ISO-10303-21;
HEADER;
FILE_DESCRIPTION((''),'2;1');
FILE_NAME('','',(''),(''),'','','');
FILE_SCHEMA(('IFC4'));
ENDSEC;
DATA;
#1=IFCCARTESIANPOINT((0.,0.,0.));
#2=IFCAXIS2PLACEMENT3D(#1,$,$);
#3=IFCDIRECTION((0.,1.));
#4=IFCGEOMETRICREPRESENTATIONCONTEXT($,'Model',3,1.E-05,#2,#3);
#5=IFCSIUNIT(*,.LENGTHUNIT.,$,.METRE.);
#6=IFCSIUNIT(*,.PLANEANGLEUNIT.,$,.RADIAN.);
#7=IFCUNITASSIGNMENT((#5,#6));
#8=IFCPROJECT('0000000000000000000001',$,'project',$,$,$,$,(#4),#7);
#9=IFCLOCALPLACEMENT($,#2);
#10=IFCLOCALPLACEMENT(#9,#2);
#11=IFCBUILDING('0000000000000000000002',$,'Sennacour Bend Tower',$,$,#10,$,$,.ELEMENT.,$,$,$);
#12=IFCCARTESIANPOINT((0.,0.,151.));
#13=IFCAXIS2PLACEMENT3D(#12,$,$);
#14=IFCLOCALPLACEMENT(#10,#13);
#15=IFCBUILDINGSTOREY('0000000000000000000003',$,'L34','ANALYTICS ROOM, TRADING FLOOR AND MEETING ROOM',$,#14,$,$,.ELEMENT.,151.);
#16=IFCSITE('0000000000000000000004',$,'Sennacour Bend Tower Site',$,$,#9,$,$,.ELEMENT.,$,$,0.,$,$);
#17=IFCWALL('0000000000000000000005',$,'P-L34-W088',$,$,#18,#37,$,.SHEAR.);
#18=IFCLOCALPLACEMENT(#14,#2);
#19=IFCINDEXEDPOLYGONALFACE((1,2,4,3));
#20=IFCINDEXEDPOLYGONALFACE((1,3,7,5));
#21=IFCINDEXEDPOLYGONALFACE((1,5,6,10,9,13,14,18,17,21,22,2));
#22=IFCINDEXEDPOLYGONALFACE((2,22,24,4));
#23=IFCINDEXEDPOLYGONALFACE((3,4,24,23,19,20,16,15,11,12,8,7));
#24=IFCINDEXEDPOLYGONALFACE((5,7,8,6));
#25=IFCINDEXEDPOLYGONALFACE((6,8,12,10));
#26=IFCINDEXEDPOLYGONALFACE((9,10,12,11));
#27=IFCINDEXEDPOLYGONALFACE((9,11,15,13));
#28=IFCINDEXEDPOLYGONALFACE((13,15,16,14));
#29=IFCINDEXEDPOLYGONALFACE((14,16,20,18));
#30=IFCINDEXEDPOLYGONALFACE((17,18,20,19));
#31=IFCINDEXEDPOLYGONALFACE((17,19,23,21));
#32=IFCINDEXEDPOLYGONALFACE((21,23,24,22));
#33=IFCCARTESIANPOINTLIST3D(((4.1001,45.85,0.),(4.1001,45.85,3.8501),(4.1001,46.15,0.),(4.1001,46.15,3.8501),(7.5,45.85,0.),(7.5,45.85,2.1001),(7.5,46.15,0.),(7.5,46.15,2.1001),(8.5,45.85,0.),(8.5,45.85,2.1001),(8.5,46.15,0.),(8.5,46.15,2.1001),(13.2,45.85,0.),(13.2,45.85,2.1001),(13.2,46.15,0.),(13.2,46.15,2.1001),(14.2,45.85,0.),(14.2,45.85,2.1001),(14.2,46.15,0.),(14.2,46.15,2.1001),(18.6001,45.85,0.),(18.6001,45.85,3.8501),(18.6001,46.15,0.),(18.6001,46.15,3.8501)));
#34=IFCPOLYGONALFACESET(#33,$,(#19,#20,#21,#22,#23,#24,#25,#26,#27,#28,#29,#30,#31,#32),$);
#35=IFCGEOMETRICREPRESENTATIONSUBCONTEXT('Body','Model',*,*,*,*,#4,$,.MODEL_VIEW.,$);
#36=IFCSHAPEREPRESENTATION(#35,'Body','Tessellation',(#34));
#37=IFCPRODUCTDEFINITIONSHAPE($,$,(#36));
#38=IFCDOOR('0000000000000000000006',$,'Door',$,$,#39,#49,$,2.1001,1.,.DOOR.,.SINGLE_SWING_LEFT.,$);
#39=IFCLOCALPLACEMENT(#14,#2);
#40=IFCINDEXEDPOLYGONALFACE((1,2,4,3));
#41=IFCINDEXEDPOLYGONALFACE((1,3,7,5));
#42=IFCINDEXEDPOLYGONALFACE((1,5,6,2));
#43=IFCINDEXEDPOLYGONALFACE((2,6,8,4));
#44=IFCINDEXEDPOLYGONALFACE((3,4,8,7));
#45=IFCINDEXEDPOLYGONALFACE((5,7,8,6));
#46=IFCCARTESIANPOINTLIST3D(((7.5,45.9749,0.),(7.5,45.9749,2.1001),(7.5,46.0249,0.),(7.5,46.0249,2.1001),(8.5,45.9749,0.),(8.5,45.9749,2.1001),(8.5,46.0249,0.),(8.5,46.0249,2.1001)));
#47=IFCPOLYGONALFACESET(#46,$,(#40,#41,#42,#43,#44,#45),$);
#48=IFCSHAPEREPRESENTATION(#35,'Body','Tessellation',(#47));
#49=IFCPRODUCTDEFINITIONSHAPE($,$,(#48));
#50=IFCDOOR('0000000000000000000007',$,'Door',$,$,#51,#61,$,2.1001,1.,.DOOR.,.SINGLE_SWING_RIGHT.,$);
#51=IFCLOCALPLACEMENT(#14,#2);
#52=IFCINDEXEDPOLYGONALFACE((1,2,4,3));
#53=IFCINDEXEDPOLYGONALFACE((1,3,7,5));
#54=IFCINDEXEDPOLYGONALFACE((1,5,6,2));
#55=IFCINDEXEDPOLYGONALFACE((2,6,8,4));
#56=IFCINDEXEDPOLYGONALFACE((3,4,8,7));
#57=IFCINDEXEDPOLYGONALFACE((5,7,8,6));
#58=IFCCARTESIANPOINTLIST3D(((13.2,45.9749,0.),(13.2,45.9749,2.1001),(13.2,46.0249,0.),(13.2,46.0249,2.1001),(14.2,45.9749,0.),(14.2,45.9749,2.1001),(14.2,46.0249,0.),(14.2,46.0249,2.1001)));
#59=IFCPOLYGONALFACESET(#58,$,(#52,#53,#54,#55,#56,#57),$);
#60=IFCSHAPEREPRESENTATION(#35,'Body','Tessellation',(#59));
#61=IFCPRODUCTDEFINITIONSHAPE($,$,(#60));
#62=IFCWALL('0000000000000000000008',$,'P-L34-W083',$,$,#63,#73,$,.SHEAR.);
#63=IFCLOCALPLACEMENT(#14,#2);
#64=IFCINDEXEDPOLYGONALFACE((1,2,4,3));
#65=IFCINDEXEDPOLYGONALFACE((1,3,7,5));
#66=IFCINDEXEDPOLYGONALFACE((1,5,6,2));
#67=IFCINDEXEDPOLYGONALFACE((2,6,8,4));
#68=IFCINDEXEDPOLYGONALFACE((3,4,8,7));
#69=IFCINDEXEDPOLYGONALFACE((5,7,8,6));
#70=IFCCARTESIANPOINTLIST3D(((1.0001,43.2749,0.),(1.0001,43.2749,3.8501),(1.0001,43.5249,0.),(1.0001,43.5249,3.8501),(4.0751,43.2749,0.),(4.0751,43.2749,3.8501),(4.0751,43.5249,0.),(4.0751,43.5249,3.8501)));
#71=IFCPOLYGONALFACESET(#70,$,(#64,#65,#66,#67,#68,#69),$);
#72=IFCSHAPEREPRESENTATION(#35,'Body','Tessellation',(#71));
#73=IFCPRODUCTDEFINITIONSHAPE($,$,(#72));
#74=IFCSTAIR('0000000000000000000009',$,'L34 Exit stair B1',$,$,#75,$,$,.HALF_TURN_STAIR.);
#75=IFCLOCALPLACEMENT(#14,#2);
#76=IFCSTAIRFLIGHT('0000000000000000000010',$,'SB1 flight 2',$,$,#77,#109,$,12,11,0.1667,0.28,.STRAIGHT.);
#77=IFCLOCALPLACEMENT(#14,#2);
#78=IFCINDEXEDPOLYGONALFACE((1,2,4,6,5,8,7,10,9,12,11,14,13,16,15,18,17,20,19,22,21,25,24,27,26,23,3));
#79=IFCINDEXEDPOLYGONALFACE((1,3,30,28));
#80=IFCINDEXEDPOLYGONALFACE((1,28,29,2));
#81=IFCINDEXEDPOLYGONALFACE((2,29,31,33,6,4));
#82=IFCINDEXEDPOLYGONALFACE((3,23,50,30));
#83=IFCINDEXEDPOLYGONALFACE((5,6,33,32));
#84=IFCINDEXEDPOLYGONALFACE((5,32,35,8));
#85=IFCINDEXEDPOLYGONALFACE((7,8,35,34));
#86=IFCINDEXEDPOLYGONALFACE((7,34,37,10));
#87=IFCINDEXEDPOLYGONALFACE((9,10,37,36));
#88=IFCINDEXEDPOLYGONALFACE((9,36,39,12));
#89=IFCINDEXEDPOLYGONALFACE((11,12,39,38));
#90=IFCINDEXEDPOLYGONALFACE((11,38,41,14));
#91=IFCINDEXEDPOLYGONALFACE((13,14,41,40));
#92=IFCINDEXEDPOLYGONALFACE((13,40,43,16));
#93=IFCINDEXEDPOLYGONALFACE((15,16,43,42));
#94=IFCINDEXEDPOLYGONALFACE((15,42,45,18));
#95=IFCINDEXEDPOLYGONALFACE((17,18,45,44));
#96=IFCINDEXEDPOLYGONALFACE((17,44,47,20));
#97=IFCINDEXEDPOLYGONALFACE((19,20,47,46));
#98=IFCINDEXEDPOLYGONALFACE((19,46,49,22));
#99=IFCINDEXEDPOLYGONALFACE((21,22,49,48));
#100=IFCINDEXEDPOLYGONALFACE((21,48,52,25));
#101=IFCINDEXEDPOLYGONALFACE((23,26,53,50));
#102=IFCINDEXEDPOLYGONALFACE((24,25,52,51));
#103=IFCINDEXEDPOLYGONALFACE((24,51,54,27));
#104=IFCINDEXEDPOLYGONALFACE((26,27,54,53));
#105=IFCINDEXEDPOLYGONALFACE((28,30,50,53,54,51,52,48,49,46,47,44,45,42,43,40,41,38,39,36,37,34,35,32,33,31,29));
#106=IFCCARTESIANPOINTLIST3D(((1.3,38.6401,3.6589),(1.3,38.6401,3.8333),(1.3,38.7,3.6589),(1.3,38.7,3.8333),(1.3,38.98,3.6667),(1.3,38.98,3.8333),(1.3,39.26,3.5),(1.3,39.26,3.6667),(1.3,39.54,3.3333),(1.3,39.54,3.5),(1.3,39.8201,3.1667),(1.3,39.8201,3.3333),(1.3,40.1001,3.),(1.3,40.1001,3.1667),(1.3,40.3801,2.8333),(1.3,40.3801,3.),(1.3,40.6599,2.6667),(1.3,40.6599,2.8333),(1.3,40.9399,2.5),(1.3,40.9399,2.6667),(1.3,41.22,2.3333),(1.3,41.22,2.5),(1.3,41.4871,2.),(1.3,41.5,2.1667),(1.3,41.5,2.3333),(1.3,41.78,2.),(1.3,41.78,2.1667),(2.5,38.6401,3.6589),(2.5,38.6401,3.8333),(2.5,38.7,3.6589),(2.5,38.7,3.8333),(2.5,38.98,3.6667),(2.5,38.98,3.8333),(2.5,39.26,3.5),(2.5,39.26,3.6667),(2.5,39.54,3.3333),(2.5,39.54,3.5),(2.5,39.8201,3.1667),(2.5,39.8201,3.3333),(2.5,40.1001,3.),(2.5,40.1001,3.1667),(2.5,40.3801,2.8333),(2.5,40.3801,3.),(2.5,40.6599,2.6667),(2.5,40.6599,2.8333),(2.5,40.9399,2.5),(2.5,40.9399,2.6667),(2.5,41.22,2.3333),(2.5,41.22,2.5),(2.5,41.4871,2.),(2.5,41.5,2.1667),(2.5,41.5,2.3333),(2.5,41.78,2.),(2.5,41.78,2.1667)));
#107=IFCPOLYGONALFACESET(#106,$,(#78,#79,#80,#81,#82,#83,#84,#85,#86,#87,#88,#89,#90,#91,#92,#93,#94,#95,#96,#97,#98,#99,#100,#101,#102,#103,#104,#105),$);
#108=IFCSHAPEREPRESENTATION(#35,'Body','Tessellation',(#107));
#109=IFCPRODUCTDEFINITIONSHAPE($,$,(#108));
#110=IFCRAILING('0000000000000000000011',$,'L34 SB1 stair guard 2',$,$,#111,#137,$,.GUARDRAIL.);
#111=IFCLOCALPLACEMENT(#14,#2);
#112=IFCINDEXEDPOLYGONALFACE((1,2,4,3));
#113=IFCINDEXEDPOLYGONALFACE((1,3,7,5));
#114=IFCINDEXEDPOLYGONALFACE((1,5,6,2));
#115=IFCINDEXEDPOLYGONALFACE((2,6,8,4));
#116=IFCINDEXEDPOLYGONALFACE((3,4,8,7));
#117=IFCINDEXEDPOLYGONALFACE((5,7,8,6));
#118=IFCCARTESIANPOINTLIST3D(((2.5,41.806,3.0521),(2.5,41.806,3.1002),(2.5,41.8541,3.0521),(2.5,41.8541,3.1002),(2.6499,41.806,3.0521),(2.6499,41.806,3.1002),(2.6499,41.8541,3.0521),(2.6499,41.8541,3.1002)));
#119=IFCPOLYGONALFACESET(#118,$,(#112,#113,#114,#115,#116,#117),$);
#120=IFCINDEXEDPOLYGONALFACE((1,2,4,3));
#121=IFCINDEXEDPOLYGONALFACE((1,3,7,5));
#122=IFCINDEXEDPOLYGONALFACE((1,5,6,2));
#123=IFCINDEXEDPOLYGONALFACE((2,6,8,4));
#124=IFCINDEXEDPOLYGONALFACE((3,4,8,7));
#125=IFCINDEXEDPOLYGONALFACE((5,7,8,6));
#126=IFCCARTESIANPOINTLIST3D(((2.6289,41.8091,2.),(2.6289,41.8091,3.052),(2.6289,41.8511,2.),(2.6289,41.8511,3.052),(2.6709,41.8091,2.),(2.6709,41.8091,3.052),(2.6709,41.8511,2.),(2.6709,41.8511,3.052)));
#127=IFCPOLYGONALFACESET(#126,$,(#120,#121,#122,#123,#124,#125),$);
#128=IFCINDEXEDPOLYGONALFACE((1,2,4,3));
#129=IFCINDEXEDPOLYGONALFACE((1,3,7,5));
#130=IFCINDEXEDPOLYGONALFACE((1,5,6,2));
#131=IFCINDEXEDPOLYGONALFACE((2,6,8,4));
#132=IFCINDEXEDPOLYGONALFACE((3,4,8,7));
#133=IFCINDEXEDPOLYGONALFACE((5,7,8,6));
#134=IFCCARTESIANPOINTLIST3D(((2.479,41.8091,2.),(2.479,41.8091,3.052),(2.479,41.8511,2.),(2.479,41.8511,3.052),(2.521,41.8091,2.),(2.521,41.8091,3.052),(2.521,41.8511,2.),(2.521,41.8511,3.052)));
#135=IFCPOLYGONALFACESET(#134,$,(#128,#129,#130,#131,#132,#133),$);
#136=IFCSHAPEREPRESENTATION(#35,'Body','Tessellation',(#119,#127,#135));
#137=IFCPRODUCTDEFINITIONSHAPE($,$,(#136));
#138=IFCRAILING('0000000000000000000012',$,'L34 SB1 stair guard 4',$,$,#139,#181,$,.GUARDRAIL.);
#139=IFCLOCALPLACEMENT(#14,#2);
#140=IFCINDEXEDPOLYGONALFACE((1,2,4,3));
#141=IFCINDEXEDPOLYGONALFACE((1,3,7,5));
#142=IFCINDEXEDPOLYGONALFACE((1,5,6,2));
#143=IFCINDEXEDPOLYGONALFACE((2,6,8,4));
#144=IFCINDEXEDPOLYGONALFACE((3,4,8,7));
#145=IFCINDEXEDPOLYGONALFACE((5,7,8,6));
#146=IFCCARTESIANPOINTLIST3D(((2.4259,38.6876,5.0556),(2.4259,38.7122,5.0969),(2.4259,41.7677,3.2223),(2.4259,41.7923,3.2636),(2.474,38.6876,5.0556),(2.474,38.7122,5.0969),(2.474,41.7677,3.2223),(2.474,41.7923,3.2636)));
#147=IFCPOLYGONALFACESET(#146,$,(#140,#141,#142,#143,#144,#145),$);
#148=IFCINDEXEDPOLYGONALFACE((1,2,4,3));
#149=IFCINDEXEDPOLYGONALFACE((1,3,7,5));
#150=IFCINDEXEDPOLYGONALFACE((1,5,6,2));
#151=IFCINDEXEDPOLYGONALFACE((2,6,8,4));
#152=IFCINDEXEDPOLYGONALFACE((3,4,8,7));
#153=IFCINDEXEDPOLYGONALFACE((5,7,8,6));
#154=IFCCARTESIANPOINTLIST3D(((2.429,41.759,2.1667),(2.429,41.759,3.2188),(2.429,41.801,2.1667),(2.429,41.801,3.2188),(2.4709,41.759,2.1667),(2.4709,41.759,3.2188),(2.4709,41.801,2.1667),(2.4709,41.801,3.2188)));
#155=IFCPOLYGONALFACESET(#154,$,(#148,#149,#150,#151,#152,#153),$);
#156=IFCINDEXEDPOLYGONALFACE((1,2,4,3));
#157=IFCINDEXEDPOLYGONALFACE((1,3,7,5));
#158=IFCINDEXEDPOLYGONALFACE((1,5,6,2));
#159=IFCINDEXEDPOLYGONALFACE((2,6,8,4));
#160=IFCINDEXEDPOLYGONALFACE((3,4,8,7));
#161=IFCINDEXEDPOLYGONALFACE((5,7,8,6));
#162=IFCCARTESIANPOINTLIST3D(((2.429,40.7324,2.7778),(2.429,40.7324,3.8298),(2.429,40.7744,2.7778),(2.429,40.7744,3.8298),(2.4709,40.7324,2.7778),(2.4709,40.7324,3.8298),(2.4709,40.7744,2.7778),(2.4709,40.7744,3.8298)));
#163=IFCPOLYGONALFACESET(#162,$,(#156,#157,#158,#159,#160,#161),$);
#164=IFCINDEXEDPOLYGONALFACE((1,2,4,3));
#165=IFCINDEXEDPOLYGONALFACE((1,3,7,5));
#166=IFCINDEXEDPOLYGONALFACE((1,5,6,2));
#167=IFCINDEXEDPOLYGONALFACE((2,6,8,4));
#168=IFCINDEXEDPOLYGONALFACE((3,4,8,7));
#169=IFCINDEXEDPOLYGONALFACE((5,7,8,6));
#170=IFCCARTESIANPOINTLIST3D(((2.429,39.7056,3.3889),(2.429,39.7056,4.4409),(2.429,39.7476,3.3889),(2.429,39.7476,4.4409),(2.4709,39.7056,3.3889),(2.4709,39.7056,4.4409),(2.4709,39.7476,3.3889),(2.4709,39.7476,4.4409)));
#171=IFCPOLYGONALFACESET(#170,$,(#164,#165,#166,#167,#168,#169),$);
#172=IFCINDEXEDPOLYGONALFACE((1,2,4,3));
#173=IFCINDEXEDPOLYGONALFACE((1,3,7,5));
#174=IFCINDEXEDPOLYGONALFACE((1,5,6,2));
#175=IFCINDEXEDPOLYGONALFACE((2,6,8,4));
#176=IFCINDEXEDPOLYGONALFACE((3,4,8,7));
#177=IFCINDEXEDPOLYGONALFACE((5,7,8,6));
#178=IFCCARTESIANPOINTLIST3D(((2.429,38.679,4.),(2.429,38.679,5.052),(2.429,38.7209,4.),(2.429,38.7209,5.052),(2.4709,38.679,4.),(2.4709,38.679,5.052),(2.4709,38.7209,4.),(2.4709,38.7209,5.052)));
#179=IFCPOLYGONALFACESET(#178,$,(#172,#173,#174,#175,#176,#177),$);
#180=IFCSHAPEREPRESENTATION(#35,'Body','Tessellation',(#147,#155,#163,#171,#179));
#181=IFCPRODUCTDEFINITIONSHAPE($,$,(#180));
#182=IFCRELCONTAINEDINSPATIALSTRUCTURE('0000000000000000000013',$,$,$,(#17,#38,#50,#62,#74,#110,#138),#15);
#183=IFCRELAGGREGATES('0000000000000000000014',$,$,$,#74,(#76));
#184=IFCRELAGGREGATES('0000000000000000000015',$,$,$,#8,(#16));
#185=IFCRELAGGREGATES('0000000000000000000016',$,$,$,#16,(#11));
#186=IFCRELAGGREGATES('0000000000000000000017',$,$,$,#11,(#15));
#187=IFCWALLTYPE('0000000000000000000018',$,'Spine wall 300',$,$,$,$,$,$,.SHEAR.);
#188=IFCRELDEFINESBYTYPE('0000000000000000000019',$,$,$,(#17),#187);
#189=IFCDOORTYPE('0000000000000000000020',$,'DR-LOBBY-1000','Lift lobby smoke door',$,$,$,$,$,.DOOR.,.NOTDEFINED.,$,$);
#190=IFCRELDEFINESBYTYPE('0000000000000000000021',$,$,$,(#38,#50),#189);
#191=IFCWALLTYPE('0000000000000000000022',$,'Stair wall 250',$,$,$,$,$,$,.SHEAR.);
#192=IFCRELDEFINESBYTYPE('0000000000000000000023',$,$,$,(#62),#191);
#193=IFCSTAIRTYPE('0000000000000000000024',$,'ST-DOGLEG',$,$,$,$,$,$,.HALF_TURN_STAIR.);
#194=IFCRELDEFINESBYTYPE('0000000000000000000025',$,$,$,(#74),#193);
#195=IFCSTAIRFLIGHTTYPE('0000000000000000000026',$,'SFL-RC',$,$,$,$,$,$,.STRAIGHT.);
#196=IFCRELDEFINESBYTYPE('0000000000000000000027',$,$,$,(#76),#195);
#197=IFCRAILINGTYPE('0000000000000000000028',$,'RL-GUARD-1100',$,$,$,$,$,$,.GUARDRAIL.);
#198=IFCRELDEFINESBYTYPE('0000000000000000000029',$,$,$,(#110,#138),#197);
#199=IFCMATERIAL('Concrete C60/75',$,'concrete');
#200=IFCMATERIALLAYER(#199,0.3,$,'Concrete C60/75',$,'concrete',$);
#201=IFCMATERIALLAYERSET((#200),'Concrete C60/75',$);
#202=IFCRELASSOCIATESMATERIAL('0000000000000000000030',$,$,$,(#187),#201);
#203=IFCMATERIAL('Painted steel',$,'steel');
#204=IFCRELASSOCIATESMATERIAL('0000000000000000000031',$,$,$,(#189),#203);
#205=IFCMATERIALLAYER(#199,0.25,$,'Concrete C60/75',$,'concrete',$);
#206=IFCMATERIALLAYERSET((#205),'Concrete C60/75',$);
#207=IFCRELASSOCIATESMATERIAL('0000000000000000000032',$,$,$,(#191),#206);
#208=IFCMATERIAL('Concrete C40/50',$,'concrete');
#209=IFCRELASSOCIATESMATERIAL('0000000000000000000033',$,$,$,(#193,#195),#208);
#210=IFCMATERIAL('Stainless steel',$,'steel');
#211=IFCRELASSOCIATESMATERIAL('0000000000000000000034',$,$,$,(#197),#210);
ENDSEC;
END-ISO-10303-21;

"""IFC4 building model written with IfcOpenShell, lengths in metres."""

from ifc_helpers import new_model, si_unit, direction, frame, frame_2d, origin, origin_2d, place, context, subcontext, project, spatial, polyline, rectangle, outline, extrude, material, layer, layer_set, type_object, element, fill, aggregate, save


model = new_model("IFC4")

# Units and contexts
model_context = context("Model", 3, precision=1e-05, world=origin(), true_north=direction((0.0, 1.0)))
body_context = subcontext(model_context, "Body", "Model", "MODEL_VIEW")
ifc_project = project(units=[si_unit("LENGTHUNIT", "METRE"), si_unit("PLANEANGLEUNIT", "RADIAN")], contexts=[model_context])

# Site, building, storey
site_placement = place(None, origin())
site = spatial("IfcSite", under=ifc_project, at=site_placement, Name="Sennacour Bend Tower Site", CompositionType="ELEMENT", RefElevation=0.0)
building_placement = place(site_placement, origin())
building = spatial("IfcBuilding", under=site, at=building_placement, Name="Sennacour Bend Tower", CompositionType="ELEMENT")
storey_placement = place(building_placement, frame((0.0, 0.0, 151.0)))
storey = spatial("IfcBuildingStorey", under=building, at=storey_placement, Name="L34", Description="ANALYTICS ROOM, TRADING FLOOR AND MEETING ROOM", CompositionType="ELEMENT", Elevation=151.0)

# Shared definitions
ifc_material_1 = material(Name="Concrete C60/75", Category="concrete")

# Shared definitions
ifc_material_2 = material(Name="Painted steel", Category="steel")

# Wall, openings, doors
ifc_layer_1 = layer(ifc_material_1, 0.3, Name="Concrete C60/75", Category="concrete")
ifc_layer_set_1 = layer_set([ifc_layer_1], Name="Concrete C60/75")
wall_type_1 = type_object("IfcWallType", Name="Spine wall 300", PredefinedType="SHEAR", material=ifc_layer_set_1)
wall_1_placement = place(storey_placement, frame((4.1001, 46.0, 0.0), z_axis=(0.0, 0.0, 1.0), x_axis=(1.0, 0.0, 0.0)))
wall_1 = element("IfcWall", 1, at=wall_1_placement, inside=storey, type_object=wall_type_1, Name="P-L34-W088", PredefinedType="SHEAR", context=body_context, shape_type="SweptSolid", body=[
    extrude(rectangle(XDim=14.5, YDim=0.3, at=frame_2d((7.25, 0.0))), origin(), (0.0, 0.0, 1.0), 3.8501),
])
opening_1_placement = place(wall_1_placement, frame((3.3999, 0.0, 0.0)))
opening_1 = element("IfcOpeningElement", 2, at=opening_1_placement, cuts=wall_1, PredefinedType="OPENING", context=body_context, shape_type="SweptSolid", body=[
    extrude(rectangle(XDim=1.0, YDim=2.1001, at=frame_2d((0.5, 1.05))), frame((0.0, 0.1602, 0.0), z_axis=(0.0, -1.0, 0.0), x_axis=(1.0, 0.0, 0.0)), (0.0, 0.0, 1.0), 0.3201),
])
opening_2_placement = place(wall_1_placement, frame((9.0999, 0.0, 0.0)))
opening_2 = element("IfcOpeningElement", 3, at=opening_2_placement, cuts=wall_1, PredefinedType="OPENING", context=body_context, shape_type="SweptSolid", body=[
    extrude(rectangle(XDim=1.0, YDim=2.1001, at=frame_2d((0.5, 1.05))), frame((0.0, 0.1602, 0.0), z_axis=(0.0, -1.0, 0.0), x_axis=(1.0, 0.0, 0.0)), (0.0, 0.0, 1.0), 0.3201),
])
door_type_1 = type_object("IfcDoorType", Name="DR-LOBBY-1000", Description="Lift lobby smoke door", OperationType="NOTDEFINED", PredefinedType="DOOR", material=ifc_material_2)
door_1_placement = place(opening_1_placement, origin())
door_1 = element("IfcDoor", 4, at=door_1_placement, inside=storey, type_object=door_type_1, Name="Door", OperationType="SINGLE_SWING_LEFT", OverallHeight=2.1001, OverallWidth=1.0, PredefinedType="DOOR", context=body_context, shape_type="SweptSolid", body=[
    extrude(rectangle(XDim=1.0, YDim=2.1001, at=frame_2d((0.5, 1.05))), frame((0.0, 0.0249, 0.0), z_axis=(0.0, -1.0, 0.0), x_axis=(1.0, 0.0, 0.0)), (0.0, 0.0, 1.0), 0.05),
])
fill(opening_1, door_1)
door_2_placement = place(opening_2_placement, origin())
door_2 = element("IfcDoor", 5, at=door_2_placement, inside=storey, type_object=door_type_1, Name="Door", OperationType="SINGLE_SWING_RIGHT", OverallHeight=2.1001, OverallWidth=1.0, PredefinedType="DOOR", context=body_context, shape_type="SweptSolid", body=[
    extrude(rectangle(XDim=1.0, YDim=2.1001, at=frame_2d((0.5, 1.05))), frame((0.0, 0.0249, 0.0), z_axis=(0.0, -1.0, 0.0), x_axis=(1.0, 0.0, 0.0)), (0.0, 0.0, 1.0), 0.05),
])
fill(opening_2, door_2)

# Wall
ifc_layer_2 = layer(ifc_material_1, 0.25, Name="Concrete C60/75", Category="concrete")
ifc_layer_set_2 = layer_set([ifc_layer_2], Name="Concrete C60/75")
wall_type_2 = type_object("IfcWallType", Name="Stair wall 250", PredefinedType="SHEAR", material=ifc_layer_set_2)
wall_2_placement = place(storey_placement, frame((1.0, 43.3999, 0.0), z_axis=(0.0, 0.0, 1.0), x_axis=(1.0, 0.0, 0.0)))
element("IfcWall", 6, at=wall_2_placement, inside=storey, type_object=wall_type_2, Name="P-L34-W083", PredefinedType="SHEAR", context=body_context, shape_type="SweptSolid", body=[
    extrude(rectangle(XDim=3.075, YDim=0.25, at=frame_2d((1.5376, 0.0))), origin(), (0.0, 0.0, 1.0), 3.8501),
])

# Stair, stair flight
ifc_material_3 = material(Name="Concrete C40/50", Category="concrete")
stair_type = type_object("IfcStairType", Name="ST-DOGLEG", PredefinedType="HALF_TURN_STAIR", material=ifc_material_3)
stair_placement = place(storey_placement, origin())
stair = element("IfcStair", 7, at=stair_placement, inside=storey, type_object=stair_type, Name="L34 Exit stair B1", PredefinedType="HALF_TURN_STAIR")
stair_flight_type = type_object("IfcStairFlightType", Name="SFL-RC", PredefinedType="STRAIGHT", material=ifc_material_3)
stair_flight_placement = place(storey_placement, frame((1.8999, 41.78, 2.0), z_axis=(0.0, 0.0, 1.0), x_axis=(0.0, -1.0, 0.0)))
stair_flight = element("IfcStairFlight", 8, at=stair_flight_placement, type_object=stair_flight_type, Name="SB1 flight 2", NumberOfRisers=12, NumberOfTreads=11, PredefinedType="STRAIGHT", RiserHeight=0.1667, TreadLength=0.28, context=body_context, shape_type="SweptSolid", body=[
    extrude(outline(polyline([(0.0, 0.0), (0.0, 0.1667), (0.28, 0.1667), (0.28, 0.3333), (0.5601, 0.3333), (0.5601, 0.5), (0.8401, 0.5), (0.8401, 0.6667), (1.1201, 0.6667), (1.1201, 0.8333), (1.3999, 0.8333), (1.3999, 1.0), (1.6799, 1.0), (1.6799, 1.1667), (1.96, 1.1667), (1.96, 1.3333), (2.24, 1.3333), (2.24, 1.5), (2.52, 1.5), (2.52, 1.6667), (2.8, 1.6667), (2.8, 1.8333), (3.0801, 1.8333), (3.1399, 1.8333), (3.1399, 1.6589), (3.0801, 1.6589), (0.293, 0.0), (0.0, 0.0)])), frame((0.0, 0.6001, 0.0), z_axis=(0.0, -1.0, 0.0), x_axis=(1.0, 0.0, 0.0)), (0.0, 0.0, 1.0), 1.2),
])
aggregate(stair, [stair_flight])

# Railings
ifc_material_4 = material(Name="Stainless steel", Category="steel")
railing_type = type_object("IfcRailingType", Name="RL-GUARD-1100", PredefinedType="GUARDRAIL", material=ifc_material_4)
railing_1_placement = place(storey_placement, frame((2.6499, 41.8301, 2.0)))
element("IfcRailing", 9, at=railing_1_placement, inside=storey, type_object=railing_type, Name="L34 SB1 stair guard 2", PredefinedType="GUARDRAIL", context=body_context, shape_type="SweptSolid", body=[
    extrude(rectangle(XDim=0.0481, YDim=0.0481, at=origin_2d()), frame((0.0, 0.0, 1.0762), z_axis=(-1.0, 0.0, 0.0), x_axis=(0.0, -1.0, 0.0)), (0.0, 0.0, 1.0), 0.1499),
    extrude(rectangle(XDim=0.042, YDim=0.042, at=origin_2d()), origin(), (0.0, 0.0, 1.0), 1.052),
    extrude(rectangle(XDim=0.042, YDim=0.042, at=origin_2d()), frame((-0.1499, 0.0, 0.0)), (0.0, 0.0, 1.0), 1.052),
])
railing_2_placement = place(storey_placement, frame((2.45, 41.78, 2.1667)))
element("IfcRailing", 10, at=railing_2_placement, inside=storey, type_object=railing_type, Name="L34 SB1 stair guard 4", PredefinedType="GUARDRAIL", context=body_context, shape_type="SweptSolid", body=[
    extrude(rectangle(XDim=0.0481, YDim=0.0481, at=origin_2d()), frame((0.0, 0.0, 1.0762), z_axis=(0.0, -0.859309, 0.511458), x_axis=(1.0, 0.0, 0.0)), (0.0, 0.0, 1.0), 3.5845),
    extrude(rectangle(XDim=0.042, YDim=0.042, at=origin_2d()), origin(), (0.0, 0.0, 1.0), 1.052),
    extrude(rectangle(XDim=0.042, YDim=0.042, at=origin_2d()), frame((0.0, -1.0266, 0.6111)), (0.0, 0.0, 1.0), 1.052),
    extrude(rectangle(XDim=0.042, YDim=0.042, at=origin_2d()), frame((0.0, -2.0535, 1.2222)), (0.0, 0.0, 1.0), 1.052),
    extrude(rectangle(XDim=0.042, YDim=0.042, at=origin_2d()), frame((0.0, -3.0801, 1.8333)), (0.0, 0.0, 1.0), 1.052),
])

save(model, "model.ifc")
